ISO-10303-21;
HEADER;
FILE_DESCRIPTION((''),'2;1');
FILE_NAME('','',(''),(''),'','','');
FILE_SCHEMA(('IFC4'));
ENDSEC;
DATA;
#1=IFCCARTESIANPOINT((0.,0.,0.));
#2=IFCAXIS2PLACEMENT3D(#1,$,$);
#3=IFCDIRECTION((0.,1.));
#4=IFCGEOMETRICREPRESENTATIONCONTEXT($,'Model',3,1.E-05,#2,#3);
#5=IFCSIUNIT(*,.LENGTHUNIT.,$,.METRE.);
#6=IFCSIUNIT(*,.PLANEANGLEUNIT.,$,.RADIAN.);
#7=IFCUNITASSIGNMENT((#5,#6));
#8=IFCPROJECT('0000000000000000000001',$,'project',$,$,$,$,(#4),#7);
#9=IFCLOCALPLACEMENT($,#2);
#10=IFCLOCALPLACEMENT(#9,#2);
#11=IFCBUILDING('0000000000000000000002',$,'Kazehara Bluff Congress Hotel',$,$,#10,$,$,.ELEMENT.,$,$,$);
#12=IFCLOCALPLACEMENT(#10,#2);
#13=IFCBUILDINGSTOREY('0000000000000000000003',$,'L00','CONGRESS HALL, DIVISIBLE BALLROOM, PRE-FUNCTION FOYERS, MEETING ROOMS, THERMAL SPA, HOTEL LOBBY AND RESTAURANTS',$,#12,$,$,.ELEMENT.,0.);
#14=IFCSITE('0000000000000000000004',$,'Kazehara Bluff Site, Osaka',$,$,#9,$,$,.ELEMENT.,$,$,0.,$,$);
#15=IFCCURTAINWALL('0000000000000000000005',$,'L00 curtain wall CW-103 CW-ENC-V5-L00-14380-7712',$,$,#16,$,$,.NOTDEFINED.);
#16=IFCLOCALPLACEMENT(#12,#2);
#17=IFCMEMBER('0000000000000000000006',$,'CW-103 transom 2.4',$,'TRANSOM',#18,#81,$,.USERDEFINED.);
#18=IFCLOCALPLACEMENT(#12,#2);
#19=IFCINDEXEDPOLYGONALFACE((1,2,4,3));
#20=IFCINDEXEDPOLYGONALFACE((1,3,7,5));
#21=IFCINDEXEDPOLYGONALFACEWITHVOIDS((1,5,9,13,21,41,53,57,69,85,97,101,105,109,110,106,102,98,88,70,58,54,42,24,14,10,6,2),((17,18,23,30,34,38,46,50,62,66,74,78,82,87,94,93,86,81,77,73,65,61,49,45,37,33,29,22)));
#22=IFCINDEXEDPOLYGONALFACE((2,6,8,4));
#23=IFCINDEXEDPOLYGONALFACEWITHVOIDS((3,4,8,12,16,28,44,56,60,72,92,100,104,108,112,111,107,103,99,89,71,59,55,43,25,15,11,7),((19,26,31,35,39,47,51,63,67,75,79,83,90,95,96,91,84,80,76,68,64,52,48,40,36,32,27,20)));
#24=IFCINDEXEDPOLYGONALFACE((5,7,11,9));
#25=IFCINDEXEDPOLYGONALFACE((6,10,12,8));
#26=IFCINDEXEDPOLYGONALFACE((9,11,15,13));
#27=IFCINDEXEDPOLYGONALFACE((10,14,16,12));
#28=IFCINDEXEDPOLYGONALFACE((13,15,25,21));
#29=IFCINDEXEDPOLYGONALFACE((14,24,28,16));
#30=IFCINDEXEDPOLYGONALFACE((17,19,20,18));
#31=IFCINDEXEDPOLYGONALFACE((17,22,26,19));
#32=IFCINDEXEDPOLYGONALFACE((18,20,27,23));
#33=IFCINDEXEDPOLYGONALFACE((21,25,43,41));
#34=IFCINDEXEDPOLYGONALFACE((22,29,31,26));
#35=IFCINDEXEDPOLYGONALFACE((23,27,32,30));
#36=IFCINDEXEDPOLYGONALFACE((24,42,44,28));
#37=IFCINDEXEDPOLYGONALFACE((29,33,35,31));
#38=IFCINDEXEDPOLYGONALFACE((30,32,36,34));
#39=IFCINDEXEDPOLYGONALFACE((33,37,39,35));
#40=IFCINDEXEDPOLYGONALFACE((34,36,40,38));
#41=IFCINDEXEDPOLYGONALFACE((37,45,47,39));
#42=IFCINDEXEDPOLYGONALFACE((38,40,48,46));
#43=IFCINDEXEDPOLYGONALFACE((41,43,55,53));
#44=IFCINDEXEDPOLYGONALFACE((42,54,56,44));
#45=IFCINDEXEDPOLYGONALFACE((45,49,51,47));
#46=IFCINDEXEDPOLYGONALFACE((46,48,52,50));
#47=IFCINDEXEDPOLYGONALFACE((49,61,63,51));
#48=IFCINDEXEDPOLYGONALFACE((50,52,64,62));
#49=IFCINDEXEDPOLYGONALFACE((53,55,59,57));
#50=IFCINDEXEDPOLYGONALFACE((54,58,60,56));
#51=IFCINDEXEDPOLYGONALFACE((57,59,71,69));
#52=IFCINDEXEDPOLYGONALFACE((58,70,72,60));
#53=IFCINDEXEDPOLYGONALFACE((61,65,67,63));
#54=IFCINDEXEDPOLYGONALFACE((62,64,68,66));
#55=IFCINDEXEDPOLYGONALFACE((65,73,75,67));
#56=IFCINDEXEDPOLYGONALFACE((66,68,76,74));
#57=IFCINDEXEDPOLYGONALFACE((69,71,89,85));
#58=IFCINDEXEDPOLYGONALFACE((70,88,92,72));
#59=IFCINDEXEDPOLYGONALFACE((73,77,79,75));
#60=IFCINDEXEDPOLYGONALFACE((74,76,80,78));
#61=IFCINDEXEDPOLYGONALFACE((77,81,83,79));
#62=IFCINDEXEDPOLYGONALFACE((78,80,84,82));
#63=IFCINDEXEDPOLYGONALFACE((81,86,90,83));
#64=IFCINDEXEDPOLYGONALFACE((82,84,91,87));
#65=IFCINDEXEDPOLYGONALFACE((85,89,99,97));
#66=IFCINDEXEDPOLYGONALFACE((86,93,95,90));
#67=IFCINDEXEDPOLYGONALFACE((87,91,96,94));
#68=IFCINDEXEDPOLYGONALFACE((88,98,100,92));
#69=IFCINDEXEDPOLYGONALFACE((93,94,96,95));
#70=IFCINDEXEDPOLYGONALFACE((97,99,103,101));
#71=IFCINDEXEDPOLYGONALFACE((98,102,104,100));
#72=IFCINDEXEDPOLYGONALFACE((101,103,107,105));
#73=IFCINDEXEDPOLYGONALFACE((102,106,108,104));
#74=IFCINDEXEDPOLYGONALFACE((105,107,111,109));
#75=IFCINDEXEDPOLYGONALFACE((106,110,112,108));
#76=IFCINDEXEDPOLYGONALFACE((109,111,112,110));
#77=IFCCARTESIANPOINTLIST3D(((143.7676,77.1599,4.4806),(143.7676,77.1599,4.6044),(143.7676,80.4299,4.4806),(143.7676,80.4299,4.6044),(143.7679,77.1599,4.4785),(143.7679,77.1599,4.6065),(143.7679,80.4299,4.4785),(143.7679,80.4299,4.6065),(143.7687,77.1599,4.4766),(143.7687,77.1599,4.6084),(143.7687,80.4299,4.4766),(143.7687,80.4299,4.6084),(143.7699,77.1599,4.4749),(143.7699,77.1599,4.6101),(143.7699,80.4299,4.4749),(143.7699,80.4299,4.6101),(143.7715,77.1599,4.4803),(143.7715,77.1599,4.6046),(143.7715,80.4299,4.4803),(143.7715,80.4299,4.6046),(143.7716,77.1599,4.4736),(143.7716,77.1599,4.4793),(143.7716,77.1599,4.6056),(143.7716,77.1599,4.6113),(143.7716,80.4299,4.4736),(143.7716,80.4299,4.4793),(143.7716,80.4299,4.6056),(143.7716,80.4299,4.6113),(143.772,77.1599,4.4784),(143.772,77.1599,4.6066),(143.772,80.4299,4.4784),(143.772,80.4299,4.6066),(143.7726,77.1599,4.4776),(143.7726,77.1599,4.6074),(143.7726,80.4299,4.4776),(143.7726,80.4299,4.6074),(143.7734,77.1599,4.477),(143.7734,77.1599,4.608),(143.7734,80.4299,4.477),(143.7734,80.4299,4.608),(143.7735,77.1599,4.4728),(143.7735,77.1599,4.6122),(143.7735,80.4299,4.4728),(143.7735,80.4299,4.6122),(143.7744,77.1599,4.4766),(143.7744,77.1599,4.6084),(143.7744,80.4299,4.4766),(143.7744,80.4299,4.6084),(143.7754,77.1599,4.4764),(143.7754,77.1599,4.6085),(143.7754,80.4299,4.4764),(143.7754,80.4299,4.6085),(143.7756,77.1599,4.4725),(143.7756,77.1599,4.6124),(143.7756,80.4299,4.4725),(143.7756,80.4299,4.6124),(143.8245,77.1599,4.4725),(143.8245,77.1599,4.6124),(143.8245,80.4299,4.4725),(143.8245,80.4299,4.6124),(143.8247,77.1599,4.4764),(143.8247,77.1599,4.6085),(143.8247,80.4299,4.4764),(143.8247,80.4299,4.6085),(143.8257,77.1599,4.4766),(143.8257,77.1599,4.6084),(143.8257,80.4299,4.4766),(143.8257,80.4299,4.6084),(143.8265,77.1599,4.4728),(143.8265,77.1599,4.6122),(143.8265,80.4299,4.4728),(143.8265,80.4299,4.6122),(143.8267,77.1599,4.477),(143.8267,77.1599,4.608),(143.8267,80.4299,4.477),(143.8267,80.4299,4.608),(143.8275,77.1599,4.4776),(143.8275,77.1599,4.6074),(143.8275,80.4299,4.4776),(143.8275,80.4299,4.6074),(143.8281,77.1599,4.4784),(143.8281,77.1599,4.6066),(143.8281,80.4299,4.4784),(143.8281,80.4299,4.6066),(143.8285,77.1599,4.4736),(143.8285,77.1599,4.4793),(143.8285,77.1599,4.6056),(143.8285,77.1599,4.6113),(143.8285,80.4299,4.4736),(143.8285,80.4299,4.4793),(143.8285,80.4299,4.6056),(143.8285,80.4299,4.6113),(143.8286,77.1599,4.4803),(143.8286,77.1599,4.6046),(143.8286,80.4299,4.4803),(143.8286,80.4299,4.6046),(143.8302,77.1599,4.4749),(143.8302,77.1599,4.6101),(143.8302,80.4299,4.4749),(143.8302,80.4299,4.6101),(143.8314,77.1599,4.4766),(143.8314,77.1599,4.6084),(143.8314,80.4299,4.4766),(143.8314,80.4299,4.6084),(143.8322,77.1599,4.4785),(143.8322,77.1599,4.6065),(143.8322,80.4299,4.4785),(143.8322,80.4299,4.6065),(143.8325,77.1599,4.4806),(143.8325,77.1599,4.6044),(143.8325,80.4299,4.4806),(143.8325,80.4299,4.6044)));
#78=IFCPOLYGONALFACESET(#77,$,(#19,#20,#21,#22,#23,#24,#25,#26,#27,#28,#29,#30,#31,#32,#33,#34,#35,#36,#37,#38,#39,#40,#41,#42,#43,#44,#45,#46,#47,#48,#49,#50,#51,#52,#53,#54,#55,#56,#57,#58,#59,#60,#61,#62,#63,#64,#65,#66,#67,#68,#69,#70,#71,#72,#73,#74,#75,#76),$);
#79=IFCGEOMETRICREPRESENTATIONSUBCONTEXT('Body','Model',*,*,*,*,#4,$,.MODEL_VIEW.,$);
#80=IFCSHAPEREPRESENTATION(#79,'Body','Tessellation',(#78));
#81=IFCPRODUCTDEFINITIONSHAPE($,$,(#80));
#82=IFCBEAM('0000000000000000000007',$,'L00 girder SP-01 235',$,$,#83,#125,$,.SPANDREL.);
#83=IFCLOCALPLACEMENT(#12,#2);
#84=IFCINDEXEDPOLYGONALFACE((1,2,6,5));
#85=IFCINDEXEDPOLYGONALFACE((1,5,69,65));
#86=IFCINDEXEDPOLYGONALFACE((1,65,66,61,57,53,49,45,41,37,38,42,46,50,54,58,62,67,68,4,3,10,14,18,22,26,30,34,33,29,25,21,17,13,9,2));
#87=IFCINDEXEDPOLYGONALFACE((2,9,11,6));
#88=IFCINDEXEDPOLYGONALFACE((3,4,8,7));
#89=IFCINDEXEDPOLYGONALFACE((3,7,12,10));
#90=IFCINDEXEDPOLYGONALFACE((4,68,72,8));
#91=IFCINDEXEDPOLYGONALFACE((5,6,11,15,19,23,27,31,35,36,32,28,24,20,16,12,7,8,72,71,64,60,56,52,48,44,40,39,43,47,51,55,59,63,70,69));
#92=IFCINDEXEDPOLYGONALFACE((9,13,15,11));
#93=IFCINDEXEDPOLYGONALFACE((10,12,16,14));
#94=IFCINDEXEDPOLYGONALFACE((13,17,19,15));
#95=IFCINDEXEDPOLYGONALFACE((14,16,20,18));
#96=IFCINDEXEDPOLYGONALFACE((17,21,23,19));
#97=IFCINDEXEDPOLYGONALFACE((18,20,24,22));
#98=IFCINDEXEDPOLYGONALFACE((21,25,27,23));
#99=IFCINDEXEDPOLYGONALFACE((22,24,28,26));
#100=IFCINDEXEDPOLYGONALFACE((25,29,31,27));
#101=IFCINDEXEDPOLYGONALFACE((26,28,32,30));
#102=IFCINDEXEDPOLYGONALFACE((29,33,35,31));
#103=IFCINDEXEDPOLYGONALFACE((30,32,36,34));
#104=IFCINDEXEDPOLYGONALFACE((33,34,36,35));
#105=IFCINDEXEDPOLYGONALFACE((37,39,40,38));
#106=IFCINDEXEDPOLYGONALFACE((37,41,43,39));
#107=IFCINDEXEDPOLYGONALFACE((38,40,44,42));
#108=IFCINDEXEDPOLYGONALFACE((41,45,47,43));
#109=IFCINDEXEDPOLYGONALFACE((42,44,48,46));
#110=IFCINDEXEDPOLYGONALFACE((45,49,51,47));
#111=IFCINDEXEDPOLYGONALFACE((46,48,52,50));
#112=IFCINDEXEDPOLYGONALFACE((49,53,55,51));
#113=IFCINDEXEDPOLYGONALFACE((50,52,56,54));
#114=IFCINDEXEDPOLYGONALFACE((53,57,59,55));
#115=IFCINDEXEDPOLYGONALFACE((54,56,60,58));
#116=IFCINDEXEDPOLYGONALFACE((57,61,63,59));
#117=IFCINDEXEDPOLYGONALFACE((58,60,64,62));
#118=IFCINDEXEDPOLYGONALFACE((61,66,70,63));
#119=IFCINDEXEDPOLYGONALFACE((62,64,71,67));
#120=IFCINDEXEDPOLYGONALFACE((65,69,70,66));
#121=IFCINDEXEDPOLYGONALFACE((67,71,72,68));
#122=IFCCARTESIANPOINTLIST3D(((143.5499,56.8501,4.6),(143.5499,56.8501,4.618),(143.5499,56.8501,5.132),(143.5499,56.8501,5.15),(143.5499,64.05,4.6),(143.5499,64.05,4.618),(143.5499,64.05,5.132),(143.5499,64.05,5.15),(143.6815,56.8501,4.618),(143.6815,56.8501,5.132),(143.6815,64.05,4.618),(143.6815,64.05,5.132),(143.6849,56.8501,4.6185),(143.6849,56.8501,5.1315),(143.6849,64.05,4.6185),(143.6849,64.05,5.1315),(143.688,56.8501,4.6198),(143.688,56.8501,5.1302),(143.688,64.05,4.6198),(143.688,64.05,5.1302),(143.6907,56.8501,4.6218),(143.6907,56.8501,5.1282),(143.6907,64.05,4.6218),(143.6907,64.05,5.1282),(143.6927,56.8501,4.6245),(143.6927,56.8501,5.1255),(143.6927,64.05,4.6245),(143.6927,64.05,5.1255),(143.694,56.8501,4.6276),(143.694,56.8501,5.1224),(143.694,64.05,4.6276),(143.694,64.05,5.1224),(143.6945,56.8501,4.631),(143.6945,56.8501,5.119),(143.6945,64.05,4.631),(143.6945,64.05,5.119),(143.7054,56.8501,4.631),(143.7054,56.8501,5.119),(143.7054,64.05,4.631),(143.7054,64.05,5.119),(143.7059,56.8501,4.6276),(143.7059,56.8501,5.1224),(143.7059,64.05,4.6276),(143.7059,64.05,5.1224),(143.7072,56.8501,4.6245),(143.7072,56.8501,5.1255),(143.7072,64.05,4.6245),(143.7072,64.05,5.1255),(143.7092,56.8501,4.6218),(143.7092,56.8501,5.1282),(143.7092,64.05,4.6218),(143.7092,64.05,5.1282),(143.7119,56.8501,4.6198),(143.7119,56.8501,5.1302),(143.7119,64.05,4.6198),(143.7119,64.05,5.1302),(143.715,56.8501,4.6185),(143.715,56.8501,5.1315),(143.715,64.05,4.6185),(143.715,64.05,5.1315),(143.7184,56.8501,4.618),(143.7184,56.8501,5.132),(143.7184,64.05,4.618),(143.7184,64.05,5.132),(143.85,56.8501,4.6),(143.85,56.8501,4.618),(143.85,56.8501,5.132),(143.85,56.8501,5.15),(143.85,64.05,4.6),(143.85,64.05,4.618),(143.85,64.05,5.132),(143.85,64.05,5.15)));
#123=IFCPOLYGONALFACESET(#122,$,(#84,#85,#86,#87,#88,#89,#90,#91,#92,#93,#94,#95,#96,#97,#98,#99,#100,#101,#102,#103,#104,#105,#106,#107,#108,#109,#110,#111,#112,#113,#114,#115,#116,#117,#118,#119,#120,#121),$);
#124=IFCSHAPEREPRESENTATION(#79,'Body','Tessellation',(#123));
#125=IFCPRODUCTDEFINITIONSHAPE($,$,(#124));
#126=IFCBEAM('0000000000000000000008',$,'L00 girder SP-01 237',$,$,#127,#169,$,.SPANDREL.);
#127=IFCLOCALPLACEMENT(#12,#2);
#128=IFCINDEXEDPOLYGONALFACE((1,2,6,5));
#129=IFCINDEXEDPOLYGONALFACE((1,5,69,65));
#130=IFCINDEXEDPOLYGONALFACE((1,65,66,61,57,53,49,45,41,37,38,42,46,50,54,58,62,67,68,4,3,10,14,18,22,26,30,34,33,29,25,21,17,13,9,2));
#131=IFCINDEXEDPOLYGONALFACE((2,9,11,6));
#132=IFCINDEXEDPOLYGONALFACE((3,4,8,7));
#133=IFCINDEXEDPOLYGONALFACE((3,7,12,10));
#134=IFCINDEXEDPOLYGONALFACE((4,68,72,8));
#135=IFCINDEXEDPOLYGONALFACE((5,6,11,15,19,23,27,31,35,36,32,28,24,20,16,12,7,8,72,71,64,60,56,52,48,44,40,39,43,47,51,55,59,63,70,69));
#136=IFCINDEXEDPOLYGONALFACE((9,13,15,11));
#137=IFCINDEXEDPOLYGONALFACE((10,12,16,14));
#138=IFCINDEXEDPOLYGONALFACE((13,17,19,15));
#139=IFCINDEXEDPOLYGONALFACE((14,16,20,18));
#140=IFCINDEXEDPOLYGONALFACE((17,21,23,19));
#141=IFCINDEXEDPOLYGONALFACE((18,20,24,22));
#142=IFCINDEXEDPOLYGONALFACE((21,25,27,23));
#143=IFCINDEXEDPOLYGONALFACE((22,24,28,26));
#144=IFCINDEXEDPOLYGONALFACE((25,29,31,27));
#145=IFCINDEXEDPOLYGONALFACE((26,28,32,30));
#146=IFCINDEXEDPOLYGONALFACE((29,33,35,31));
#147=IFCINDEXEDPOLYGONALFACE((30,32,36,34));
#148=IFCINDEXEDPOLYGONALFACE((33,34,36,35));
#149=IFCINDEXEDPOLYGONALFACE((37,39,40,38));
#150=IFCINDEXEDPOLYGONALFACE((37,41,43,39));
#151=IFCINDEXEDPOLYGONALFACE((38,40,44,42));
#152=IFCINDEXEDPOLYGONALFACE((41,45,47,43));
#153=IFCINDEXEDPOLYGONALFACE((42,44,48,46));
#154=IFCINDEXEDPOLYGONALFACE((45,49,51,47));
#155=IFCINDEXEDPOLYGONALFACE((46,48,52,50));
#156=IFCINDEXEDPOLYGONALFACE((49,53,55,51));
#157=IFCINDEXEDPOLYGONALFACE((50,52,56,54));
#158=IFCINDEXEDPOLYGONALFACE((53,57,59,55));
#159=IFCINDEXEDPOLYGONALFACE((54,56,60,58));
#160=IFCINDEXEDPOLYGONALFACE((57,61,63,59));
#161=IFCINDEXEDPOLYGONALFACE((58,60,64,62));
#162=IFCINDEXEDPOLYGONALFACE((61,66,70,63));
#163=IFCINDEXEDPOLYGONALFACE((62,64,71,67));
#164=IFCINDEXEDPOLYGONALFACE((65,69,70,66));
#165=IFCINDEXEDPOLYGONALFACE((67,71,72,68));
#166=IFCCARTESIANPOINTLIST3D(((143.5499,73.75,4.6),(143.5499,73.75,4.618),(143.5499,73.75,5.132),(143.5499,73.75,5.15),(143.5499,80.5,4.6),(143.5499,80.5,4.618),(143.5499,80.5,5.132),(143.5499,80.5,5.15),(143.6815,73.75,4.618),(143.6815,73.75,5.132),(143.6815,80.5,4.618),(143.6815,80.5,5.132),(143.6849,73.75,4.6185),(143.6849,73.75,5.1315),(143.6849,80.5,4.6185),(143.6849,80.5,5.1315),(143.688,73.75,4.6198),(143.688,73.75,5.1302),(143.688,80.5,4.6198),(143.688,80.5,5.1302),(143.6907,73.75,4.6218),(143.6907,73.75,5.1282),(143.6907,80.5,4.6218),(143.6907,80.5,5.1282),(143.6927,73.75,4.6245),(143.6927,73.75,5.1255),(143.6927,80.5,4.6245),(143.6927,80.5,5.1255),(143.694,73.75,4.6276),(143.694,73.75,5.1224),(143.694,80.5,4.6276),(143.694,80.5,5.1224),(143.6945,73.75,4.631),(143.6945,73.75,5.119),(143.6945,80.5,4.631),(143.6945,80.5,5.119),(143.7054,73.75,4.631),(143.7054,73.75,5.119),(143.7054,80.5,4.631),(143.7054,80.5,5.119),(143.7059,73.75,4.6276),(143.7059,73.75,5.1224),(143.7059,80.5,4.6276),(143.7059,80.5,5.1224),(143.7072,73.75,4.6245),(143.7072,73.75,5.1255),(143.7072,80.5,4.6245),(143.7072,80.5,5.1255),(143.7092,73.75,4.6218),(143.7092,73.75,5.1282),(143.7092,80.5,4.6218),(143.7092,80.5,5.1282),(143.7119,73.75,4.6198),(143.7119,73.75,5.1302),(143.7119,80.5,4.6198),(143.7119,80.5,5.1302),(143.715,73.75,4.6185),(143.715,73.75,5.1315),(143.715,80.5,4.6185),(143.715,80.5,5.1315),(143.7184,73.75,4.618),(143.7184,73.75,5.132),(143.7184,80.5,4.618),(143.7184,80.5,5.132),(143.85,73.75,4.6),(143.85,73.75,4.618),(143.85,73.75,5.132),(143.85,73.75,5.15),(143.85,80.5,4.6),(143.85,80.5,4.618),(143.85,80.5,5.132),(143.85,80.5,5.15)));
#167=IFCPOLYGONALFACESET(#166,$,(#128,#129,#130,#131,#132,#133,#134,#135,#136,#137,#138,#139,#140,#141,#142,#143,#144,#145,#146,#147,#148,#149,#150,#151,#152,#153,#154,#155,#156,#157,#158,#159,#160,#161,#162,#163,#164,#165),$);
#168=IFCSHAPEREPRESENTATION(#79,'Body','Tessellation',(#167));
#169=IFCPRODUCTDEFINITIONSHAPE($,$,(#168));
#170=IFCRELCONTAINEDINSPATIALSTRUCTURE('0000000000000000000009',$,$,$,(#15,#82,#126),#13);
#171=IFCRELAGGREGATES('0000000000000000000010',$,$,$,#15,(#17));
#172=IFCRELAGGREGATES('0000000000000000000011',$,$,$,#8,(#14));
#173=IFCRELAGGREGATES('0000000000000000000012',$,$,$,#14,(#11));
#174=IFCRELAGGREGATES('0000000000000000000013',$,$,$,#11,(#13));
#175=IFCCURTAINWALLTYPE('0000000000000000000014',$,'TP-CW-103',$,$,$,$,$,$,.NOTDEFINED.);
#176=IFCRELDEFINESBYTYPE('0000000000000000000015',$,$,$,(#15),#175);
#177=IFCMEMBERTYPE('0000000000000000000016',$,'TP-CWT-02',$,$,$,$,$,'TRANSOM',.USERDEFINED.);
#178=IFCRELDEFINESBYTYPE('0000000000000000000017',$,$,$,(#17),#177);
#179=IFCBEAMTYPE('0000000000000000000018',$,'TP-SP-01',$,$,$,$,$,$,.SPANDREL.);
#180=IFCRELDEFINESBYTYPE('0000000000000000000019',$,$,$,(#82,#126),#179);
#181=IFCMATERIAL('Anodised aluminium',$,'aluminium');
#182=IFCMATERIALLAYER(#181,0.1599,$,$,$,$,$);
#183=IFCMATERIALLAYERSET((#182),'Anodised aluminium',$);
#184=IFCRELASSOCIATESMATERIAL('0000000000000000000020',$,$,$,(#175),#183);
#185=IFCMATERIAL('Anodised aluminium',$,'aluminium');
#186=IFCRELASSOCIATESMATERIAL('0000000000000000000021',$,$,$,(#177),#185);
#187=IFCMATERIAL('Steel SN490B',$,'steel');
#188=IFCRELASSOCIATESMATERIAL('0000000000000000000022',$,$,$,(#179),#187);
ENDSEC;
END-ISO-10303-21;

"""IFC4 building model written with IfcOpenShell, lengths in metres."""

from ifc_helpers import new_model, si_unit, direction, frame, origin, origin_2d, place, context, subcontext, project, spatial, hollow_rectangle, i_section, extrude, material, layer, layer_set, material_profile, profile_set, type_object, element, aggregate, save


model = new_model("IFC4")

# Units and contexts
model_context = context("Model", 3, precision=1e-05, world=origin(), true_north=direction((0.0, 1.0)))
body_context = subcontext(model_context, "Body", "Model", "MODEL_VIEW")
ifc_project = project(units=[si_unit("LENGTHUNIT", "METRE"), si_unit("PLANEANGLEUNIT", "RADIAN")], contexts=[model_context])

# Site, building, storey
site_placement = place(None, origin())
site = spatial("IfcSite", under=ifc_project, at=site_placement, Name="Kazehara Bluff Site, Osaka", CompositionType="ELEMENT", RefElevation=0.0)
building_placement = place(site_placement, origin())
building = spatial("IfcBuilding", under=site, at=building_placement, Name="Kazehara Bluff Congress Hotel", CompositionType="ELEMENT")
storey_placement = place(building_placement, origin())
storey = spatial("IfcBuildingStorey", under=building, at=storey_placement, Name="L00", Description="CONGRESS HALL, DIVISIBLE BALLROOM, PRE-FUNCTION FOYERS, MEETING ROOMS, THERMAL SPA, HOTEL LOBBY AND RESTAURANTS", CompositionType="ELEMENT", Elevation=0.0)

# Curtain wall, member
ifc_material_1 = material(Name="Anodised aluminium", Category="aluminium")
ifc_layer_1 = layer(ifc_material_1, 0.1599)
ifc_layer_set_1 = layer_set([ifc_layer_1], Name="Anodised aluminium")
curtain_wall_type = type_object("IfcCurtainWallType", Name="TP-CW-103", PredefinedType="NOTDEFINED", material=ifc_layer_set_1)
curtain_wall_placement = place(storey_placement, origin())
curtain_wall = element("IfcCurtainWall", 1, at=curtain_wall_placement, inside=storey, type_object=curtain_wall_type, Name="L00 curtain wall CW-103 CW-ENC-V5-L00-14380-7712", PredefinedType="NOTDEFINED")
ifc_material_2 = material(Name="Anodised aluminium", Category="aluminium")
ifc_material_profile_1 = material_profile(ifc_material_2, hollow_rectangle(XDim=0.0649, YDim=0.1399, WallThickness=0.0039, InnerFilletRadius=0.0039, OuterFilletRadius=0.0081, at=origin_2d()))
ifc_profile_set_1 = profile_set([ifc_material_profile_1], Name="Anodised aluminium")
member_type_1 = type_object("IfcMemberType", Name="TP-CWT-02", ElementType="TRANSOM", PredefinedType="USERDEFINED", material=ifc_profile_set_1)
member_1_placement = place(storey_placement, frame((143.8, 77.1599, 4.5425), z_axis=(0.0, 1.0, 0.0), x_axis=(-1.0, 0.0, 0.0)))
member_1 = element("IfcMember", 2, at=member_1_placement, type_object=member_type_1, Name="CW-103 transom 2.4", ObjectType="TRANSOM", PredefinedType="USERDEFINED", context=body_context, shape_type="SweptSolid", body=[
    extrude(hollow_rectangle(XDim=0.0649, YDim=0.1399, WallThickness=0.0039, InnerFilletRadius=0.0039, OuterFilletRadius=0.0081, at=origin_2d()), origin(), (0.0, 0.0, 1.0), 3.27),
])

# Beams
ifc_material_3 = material(Name="Steel SN490B", Category="steel")
ifc_material_profile_2 = material_profile(ifc_material_3, i_section(OverallWidth=0.3, OverallDepth=0.55, WebThickness=0.011, FlangeThickness=0.0181, FilletRadius=0.0129, at=origin_2d()))
ifc_profile_set_2 = profile_set([ifc_material_profile_2], Name="Steel SN490B")
beam_type_1 = type_object("IfcBeamType", Name="TP-SP-01", PredefinedType="SPANDREL", material=ifc_profile_set_2)
beam_1_placement = place(storey_placement, frame((143.7, 56.8501, 4.875), z_axis=(0.0, 1.0, 0.0), x_axis=(-1.0, 0.0, 0.0)))
element("IfcBeam", 3, at=beam_1_placement, inside=storey, type_object=beam_type_1, Name="L00 girder SP-01 235", PredefinedType="SPANDREL", context=body_context, shape_type="SweptSolid", body=[
    extrude(i_section(OverallWidth=0.3, OverallDepth=0.55, WebThickness=0.011, FlangeThickness=0.0181, FilletRadius=0.0129, at=origin_2d()), origin(), (0.0, 0.0, 1.0), 7.2),
])
beam_2_placement = place(storey_placement, frame((143.7, 73.75, 4.875), z_axis=(0.0, 1.0, 0.0), x_axis=(-1.0, 0.0, 0.0)))
element("IfcBeam", 4, at=beam_2_placement, inside=storey, type_object=beam_type_1, Name="L00 girder SP-01 237", PredefinedType="SPANDREL", context=body_context, shape_type="SweptSolid", body=[
    extrude(i_section(OverallWidth=0.3, OverallDepth=0.55, WebThickness=0.011, FlangeThickness=0.0181, FilletRadius=0.0129, at=origin_2d()), origin(), (0.0, 0.0, 1.0), 6.75),
])

aggregate(curtain_wall, [member_1])

save(model, "model.ifc")
